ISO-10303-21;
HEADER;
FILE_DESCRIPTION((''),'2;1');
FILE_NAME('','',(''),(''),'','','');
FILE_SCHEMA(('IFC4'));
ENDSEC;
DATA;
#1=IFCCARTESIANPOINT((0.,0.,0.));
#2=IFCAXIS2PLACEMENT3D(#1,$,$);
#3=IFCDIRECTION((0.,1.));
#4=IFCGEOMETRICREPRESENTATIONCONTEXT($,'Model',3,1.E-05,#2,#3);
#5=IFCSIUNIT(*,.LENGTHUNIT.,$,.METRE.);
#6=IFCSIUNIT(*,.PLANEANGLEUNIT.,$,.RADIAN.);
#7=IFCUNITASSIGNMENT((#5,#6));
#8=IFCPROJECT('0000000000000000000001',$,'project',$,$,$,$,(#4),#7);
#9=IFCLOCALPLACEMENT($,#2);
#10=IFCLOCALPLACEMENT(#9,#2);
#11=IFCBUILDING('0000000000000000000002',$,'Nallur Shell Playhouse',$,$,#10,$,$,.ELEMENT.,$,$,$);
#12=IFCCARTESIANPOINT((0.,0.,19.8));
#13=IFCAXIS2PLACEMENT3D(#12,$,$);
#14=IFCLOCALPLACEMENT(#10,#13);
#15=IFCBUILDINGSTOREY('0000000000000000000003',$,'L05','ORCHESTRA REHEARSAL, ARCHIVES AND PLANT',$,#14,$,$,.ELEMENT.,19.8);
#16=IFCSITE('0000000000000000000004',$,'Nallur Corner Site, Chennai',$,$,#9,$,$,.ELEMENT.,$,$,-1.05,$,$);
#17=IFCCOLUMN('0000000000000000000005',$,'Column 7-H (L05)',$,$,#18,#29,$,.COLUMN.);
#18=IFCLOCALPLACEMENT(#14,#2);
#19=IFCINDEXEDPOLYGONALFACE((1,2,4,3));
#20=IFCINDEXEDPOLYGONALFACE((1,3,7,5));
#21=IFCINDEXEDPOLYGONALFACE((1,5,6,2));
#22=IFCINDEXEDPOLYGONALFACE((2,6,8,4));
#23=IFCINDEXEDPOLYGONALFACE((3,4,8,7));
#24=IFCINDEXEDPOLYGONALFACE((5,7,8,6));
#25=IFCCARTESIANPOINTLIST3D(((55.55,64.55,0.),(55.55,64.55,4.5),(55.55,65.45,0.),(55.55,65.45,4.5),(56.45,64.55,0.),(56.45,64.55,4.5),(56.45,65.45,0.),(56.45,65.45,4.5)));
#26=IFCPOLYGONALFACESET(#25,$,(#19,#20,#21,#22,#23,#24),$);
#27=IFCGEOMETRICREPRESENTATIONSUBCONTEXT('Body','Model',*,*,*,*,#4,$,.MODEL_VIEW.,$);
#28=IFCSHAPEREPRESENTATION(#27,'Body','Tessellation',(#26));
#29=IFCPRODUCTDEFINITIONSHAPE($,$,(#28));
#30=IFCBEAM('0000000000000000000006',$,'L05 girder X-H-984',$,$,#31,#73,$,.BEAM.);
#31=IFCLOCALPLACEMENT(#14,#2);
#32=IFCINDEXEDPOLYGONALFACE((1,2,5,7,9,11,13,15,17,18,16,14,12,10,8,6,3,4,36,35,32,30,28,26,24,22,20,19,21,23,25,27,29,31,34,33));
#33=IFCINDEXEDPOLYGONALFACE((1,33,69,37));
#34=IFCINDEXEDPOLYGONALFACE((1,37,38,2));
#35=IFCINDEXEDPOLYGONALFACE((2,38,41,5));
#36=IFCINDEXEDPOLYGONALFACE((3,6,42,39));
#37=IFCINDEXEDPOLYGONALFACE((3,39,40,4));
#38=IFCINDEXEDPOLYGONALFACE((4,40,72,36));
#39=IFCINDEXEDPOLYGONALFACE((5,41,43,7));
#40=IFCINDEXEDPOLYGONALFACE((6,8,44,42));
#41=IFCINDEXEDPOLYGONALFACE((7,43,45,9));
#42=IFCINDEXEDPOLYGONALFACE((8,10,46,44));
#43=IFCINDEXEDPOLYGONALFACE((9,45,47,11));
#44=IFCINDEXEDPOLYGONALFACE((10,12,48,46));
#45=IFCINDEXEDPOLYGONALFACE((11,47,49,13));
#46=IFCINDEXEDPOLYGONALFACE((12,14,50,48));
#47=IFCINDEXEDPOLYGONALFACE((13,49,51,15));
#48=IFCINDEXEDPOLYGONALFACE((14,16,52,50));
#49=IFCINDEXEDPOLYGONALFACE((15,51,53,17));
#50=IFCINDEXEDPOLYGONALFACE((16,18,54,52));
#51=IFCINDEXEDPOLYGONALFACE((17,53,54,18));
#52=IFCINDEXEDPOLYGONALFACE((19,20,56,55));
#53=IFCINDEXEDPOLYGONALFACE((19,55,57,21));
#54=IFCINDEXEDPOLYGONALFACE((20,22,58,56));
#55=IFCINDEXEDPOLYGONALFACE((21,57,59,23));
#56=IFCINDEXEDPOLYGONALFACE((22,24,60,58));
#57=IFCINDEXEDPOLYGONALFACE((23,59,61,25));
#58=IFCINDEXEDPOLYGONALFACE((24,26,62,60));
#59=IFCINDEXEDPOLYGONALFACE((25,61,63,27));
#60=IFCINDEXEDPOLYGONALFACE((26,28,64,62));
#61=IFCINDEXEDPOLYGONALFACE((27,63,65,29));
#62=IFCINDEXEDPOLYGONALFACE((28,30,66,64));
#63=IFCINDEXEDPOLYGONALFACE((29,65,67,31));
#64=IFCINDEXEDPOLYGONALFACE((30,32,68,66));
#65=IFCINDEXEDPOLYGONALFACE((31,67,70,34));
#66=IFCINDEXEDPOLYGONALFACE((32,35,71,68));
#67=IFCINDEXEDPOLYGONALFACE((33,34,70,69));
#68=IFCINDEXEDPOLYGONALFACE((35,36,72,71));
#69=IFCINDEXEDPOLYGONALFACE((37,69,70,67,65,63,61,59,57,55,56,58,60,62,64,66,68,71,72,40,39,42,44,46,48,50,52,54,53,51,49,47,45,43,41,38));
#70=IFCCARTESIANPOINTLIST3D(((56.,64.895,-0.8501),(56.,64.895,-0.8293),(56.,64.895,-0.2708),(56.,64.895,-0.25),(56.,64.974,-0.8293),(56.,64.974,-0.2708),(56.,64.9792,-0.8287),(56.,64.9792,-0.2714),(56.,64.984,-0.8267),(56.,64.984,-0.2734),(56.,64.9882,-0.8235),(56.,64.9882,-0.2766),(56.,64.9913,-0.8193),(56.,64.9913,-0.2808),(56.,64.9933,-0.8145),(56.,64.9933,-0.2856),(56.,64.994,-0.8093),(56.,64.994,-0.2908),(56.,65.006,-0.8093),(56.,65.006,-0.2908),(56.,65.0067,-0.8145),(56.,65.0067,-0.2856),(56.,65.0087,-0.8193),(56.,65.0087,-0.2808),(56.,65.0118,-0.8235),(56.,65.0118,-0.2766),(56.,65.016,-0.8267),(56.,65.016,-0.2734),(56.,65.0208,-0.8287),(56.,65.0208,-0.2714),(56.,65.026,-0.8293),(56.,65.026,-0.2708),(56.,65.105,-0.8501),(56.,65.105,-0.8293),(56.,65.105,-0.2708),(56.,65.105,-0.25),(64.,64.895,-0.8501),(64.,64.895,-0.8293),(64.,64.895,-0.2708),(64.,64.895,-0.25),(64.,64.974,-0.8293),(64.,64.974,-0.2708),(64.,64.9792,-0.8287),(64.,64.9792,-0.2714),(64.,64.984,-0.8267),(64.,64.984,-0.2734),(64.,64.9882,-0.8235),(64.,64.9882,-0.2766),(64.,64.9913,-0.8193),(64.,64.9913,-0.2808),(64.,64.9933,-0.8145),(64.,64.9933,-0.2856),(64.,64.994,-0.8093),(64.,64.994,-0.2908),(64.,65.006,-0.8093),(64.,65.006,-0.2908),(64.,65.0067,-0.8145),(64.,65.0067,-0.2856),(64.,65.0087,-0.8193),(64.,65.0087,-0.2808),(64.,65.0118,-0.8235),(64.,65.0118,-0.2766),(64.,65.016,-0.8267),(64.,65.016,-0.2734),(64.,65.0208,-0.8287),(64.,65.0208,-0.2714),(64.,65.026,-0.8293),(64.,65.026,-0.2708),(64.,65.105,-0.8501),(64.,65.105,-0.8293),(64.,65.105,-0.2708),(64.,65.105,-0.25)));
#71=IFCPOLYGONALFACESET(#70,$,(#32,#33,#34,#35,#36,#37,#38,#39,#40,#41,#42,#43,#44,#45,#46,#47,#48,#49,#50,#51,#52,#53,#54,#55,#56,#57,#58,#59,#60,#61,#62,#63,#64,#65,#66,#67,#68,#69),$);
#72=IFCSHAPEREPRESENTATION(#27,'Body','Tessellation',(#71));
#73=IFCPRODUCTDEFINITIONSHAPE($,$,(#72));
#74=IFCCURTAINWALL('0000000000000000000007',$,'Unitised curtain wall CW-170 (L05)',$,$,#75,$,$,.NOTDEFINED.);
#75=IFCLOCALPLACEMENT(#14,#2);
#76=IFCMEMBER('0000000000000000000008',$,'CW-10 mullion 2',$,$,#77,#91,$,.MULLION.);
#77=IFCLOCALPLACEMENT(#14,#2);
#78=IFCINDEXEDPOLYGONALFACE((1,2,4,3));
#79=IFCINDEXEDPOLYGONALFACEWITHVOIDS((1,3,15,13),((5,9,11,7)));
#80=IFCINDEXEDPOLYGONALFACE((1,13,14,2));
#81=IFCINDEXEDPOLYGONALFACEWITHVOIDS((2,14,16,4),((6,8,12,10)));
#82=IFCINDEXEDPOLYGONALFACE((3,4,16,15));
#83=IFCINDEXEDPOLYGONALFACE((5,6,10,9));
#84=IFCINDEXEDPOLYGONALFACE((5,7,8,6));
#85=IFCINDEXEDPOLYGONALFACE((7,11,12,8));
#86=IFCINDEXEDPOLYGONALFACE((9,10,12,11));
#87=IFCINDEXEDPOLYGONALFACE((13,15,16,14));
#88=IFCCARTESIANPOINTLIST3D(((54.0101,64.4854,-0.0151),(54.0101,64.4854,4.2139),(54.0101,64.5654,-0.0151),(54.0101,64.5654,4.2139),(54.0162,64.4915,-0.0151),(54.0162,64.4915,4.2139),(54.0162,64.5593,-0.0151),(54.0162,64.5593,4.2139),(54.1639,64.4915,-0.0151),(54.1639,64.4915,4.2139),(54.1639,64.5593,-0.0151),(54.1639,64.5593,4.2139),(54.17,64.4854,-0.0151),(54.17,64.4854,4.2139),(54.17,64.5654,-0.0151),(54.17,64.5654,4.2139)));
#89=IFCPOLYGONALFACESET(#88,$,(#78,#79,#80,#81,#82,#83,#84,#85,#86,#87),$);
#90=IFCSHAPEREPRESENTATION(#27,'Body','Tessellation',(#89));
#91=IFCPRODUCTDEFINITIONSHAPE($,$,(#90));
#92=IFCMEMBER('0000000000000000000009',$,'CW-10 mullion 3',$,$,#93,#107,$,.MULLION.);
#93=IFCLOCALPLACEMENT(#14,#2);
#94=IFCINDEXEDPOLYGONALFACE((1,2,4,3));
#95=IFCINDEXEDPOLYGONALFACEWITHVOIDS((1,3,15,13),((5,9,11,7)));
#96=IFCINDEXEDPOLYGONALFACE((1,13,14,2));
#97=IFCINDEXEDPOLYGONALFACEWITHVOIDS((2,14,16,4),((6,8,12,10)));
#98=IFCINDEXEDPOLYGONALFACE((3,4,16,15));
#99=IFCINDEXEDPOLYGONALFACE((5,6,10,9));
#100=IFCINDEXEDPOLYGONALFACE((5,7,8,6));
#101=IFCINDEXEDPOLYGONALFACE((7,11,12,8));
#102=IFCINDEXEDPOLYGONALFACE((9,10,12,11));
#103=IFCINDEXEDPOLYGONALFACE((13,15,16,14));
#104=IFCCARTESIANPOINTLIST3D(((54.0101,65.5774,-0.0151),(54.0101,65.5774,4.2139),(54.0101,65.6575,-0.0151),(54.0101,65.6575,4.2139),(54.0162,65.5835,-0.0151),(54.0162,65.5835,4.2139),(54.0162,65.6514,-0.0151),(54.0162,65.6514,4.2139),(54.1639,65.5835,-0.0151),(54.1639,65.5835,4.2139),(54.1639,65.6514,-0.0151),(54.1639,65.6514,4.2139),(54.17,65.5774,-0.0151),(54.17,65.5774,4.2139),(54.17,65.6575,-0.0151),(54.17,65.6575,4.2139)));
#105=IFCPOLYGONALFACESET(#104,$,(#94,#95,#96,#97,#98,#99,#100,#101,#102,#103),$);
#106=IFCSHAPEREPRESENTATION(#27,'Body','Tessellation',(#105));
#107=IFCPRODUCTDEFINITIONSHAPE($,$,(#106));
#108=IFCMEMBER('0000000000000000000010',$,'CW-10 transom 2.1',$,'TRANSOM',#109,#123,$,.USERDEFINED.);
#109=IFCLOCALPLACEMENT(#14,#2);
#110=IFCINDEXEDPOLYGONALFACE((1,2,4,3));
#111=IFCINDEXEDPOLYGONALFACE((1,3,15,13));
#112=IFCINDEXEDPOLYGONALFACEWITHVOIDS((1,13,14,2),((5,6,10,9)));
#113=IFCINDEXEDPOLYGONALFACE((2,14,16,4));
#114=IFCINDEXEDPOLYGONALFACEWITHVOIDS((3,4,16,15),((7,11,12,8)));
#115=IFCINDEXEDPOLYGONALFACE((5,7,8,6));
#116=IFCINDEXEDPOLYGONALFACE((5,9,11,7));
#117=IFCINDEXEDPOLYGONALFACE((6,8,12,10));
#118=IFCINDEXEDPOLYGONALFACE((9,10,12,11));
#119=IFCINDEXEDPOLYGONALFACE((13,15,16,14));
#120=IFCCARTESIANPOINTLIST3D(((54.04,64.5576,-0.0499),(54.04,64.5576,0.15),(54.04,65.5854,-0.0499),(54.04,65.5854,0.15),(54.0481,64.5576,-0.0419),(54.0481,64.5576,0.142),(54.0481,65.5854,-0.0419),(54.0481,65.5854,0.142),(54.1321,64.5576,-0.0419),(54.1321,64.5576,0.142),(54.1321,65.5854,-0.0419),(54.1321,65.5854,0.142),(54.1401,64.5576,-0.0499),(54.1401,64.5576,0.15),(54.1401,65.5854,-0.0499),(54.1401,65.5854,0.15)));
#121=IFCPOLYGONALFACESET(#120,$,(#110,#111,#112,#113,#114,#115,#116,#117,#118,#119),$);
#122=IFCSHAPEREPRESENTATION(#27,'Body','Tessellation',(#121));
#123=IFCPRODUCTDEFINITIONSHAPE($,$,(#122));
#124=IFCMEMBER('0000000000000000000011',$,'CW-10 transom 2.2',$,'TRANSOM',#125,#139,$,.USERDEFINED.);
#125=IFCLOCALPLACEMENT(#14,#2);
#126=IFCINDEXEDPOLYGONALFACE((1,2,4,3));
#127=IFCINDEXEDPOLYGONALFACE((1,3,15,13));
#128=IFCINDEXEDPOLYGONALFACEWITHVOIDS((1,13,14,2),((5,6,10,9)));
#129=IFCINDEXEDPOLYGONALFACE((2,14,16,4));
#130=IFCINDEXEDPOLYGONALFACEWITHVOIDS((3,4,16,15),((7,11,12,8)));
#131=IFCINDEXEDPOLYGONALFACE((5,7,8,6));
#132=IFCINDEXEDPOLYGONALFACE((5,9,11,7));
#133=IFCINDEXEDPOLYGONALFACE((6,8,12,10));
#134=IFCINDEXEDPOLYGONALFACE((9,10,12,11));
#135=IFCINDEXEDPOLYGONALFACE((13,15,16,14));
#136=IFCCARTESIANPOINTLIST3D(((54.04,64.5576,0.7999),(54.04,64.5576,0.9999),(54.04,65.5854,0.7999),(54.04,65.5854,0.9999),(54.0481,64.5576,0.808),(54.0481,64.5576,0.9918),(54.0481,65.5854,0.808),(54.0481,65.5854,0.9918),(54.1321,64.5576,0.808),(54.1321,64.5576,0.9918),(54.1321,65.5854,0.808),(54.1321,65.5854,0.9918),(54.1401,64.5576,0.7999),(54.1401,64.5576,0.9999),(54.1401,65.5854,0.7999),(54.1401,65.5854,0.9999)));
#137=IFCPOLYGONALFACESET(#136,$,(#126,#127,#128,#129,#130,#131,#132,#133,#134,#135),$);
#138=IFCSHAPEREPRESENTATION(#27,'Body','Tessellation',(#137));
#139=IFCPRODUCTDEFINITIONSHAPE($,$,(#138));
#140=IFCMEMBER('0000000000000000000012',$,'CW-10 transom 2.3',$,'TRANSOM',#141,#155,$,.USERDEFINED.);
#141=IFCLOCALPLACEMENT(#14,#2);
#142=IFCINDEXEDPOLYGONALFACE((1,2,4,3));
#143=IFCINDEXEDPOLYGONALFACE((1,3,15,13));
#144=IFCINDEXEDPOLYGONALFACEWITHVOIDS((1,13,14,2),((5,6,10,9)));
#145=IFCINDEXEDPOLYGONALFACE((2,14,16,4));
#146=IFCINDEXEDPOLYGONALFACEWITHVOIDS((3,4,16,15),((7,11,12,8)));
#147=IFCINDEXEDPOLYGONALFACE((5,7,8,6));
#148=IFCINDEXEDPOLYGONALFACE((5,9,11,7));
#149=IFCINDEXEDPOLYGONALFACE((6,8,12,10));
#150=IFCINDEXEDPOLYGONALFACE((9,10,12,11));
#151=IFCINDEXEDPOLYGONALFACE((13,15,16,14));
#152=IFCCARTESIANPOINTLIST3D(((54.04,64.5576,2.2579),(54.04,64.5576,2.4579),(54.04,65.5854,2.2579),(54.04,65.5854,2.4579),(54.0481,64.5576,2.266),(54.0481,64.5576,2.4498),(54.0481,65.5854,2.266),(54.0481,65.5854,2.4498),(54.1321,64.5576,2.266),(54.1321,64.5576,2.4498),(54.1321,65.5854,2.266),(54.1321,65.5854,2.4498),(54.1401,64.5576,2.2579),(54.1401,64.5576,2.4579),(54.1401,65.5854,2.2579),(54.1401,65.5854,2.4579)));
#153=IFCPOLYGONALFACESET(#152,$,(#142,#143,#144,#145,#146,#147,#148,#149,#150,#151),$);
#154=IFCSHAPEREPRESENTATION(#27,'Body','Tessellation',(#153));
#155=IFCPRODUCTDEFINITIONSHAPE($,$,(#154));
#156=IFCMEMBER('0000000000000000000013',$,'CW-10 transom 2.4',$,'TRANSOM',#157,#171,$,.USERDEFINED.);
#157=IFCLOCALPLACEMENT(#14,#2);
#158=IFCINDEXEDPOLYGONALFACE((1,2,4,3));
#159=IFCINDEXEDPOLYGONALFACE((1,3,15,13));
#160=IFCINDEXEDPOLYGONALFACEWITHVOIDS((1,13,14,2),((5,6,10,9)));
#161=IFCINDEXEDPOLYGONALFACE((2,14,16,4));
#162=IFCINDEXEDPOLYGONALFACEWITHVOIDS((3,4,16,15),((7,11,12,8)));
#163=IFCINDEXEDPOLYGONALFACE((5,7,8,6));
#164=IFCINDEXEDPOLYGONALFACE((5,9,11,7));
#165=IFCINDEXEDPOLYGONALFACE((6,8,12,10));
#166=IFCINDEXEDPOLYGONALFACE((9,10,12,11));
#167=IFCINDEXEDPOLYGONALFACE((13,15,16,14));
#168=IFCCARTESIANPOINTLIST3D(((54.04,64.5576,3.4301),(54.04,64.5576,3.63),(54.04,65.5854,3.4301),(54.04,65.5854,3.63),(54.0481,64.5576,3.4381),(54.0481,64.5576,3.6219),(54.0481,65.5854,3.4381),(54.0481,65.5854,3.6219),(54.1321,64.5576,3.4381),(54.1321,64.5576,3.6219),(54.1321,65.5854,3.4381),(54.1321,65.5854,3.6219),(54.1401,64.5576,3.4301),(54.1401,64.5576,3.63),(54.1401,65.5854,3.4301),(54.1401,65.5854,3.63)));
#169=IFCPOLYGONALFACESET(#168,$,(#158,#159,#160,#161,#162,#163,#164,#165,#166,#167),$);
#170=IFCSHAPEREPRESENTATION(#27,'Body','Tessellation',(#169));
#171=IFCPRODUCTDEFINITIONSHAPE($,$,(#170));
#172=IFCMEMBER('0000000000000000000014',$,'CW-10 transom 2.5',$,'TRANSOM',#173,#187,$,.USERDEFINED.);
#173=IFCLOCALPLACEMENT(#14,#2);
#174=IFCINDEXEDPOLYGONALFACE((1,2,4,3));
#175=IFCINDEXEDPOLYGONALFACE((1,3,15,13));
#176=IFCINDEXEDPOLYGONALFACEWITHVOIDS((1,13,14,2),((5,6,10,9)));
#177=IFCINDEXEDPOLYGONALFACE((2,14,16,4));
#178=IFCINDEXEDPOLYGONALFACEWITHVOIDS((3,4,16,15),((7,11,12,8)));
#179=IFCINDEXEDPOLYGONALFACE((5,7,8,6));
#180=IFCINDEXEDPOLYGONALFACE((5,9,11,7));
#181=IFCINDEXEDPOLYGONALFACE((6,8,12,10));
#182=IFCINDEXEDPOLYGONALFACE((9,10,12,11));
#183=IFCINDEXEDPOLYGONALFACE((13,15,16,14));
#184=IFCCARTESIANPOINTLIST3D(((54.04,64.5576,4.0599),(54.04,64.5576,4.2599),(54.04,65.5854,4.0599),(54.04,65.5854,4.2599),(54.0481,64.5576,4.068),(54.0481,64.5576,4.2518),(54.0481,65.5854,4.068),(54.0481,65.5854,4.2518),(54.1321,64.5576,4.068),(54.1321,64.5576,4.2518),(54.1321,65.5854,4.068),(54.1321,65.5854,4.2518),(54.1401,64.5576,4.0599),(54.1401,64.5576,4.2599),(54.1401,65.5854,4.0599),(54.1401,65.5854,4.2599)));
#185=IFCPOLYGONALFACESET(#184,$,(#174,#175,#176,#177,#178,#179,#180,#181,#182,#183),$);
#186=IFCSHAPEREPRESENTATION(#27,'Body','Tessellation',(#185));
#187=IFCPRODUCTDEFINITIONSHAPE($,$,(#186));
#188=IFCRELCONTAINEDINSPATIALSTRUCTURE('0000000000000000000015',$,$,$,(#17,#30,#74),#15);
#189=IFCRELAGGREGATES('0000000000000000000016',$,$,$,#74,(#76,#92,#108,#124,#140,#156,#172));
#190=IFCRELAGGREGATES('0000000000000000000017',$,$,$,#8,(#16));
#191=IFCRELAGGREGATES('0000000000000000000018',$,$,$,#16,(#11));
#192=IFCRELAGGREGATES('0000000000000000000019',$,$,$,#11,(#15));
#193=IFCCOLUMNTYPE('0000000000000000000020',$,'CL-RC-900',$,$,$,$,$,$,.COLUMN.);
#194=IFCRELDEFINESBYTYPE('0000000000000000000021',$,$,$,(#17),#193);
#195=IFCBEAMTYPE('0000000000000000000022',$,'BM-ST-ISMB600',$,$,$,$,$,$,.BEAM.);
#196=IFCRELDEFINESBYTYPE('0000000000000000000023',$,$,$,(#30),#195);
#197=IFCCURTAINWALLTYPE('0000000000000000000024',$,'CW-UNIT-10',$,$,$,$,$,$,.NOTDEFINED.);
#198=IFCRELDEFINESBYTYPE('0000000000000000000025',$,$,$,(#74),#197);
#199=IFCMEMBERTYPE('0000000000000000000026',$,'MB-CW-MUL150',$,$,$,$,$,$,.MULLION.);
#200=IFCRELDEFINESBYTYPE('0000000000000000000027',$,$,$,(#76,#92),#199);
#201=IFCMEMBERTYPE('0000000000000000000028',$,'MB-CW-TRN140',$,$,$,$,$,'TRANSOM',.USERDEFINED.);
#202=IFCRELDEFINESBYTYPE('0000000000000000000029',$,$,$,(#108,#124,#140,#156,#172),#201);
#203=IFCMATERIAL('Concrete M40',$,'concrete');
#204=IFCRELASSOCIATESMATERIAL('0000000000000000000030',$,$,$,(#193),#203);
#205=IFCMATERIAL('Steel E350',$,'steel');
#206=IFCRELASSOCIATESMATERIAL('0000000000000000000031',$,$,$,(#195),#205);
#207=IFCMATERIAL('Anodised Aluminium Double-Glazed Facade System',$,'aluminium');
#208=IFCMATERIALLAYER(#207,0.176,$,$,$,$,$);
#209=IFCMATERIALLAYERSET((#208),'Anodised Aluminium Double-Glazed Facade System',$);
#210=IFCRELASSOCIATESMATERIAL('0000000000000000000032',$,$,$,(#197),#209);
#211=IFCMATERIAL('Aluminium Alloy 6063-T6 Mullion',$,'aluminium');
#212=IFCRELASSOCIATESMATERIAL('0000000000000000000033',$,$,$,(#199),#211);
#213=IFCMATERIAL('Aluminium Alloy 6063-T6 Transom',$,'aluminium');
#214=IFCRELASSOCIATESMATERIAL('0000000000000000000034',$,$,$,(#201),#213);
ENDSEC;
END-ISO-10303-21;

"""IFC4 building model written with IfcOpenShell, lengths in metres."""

from ifc_helpers import new_model, si_unit, direction, frame, origin, origin_2d, place, context, subcontext, project, spatial, rectangle, hollow_rectangle, i_section, extrude, material, layer, layer_set, material_profile, profile_set, type_object, element, aggregate, save


model = new_model("IFC4")

# Units and contexts
model_context = context("Model", 3, precision=1e-05, world=origin(), true_north=direction((0.0, 1.0)))
body_context = subcontext(model_context, "Body", "Model", "MODEL_VIEW")
ifc_project = project(units=[si_unit("LENGTHUNIT", "METRE"), si_unit("PLANEANGLEUNIT", "RADIAN")], contexts=[model_context])

# Site, building, storey
site_placement = place(None, origin())
site = spatial("IfcSite", under=ifc_project, at=site_placement, Name="Nallur Corner Site, Chennai", CompositionType="ELEMENT", RefElevation=-1.05)
building_placement = place(site_placement, origin())
building = spatial("IfcBuilding", under=site, at=building_placement, Name="Nallur Shell Playhouse", CompositionType="ELEMENT")
storey_placement = place(building_placement, frame((0.0, 0.0, 19.8)))
storey = spatial("IfcBuildingStorey", under=building, at=storey_placement, Name="L05", Description="ORCHESTRA REHEARSAL, ARCHIVES AND PLANT", CompositionType="ELEMENT", Elevation=19.8)

# Column
ifc_material_1 = material(Name="Concrete M40", Category="concrete")
ifc_material_profile_1 = material_profile(ifc_material_1, rectangle(XDim=0.8999, YDim=0.8999, at=origin_2d()), Name="RC 900x900")
ifc_profile_set_1 = profile_set([ifc_material_profile_1], Name="Concrete M40")
column_type = type_object("IfcColumnType", Name="CL-RC-900", PredefinedType="COLUMN", material=ifc_profile_set_1)
column_placement = place(storey_placement, frame((56.0, 65.0, 0.0), z_axis=(0.0, 0.0, 1.0), x_axis=(1.0, 0.0, 0.0)))
element("IfcColumn", 1, at=column_placement, inside=storey, type_object=column_type, Name="Column 7-H (L05)", PredefinedType="COLUMN", context=body_context, shape_type="SweptSolid", body=[
    extrude(rectangle(XDim=0.8999, YDim=0.8999, at=origin_2d()), origin(), (0.0, 0.0, 1.0), 4.5),
])

# Beam
ifc_material_2 = material(Name="Steel E350", Category="steel")
ifc_material_profile_2 = material_profile(ifc_material_2, i_section(OverallWidth=0.21, OverallDepth=0.6001, WebThickness=0.012, FlangeThickness=0.0208, FilletRadius=0.02, at=origin_2d()), Name="ISMB 600")
ifc_profile_set_2 = profile_set([ifc_material_profile_2], Name="Steel E350")
beam_type = type_object("IfcBeamType", Name="BM-ST-ISMB600", PredefinedType="BEAM", material=ifc_profile_set_2)
beam_placement = place(storey_placement, frame((56.0, 65.0, -0.55), z_axis=(1.0, 0.0, 0.0), x_axis=(0.0, 1.0, 0.0)))
element("IfcBeam", 2, at=beam_placement, inside=storey, type_object=beam_type, Name="L05 girder X-H-984", PredefinedType="BEAM", context=body_context, shape_type="SweptSolid", body=[
    extrude(i_section(OverallWidth=0.21, OverallDepth=0.6001, WebThickness=0.012, FlangeThickness=0.0208, FilletRadius=0.02, at=origin_2d()), origin(), (0.0, 0.0, 1.0), 8.0),
])

# Curtain wall, members
ifc_material_3 = material(Name="Anodised Aluminium Double-Glazed Facade System", Category="aluminium")
ifc_layer_1 = layer(ifc_material_3, 0.176)
ifc_layer_set_1 = layer_set([ifc_layer_1], Name="Anodised Aluminium Double-Glazed Facade System")
curtain_wall_type = type_object("IfcCurtainWallType", Name="CW-UNIT-10", PredefinedType="NOTDEFINED", material=ifc_layer_set_1)
curtain_wall_placement = place(storey_placement, origin())
curtain_wall = element("IfcCurtainWall", 3, at=curtain_wall_placement, inside=storey, type_object=curtain_wall_type, Name="Unitised curtain wall CW-170 (L05)", PredefinedType="NOTDEFINED")
ifc_material_4 = material(Name="Aluminium Alloy 6063-T6 Mullion", Category="aluminium")
ifc_material_profile_3 = material_profile(ifc_material_4, hollow_rectangle(XDim=0.0801, YDim=0.1599, WallThickness=0.0061, at=origin_2d()), Name="RHS 160x80x6")
ifc_profile_set_3 = profile_set([ifc_material_profile_3], Name="Aluminium Alloy 6063-T6 Mullion")
member_type_1 = type_object("IfcMemberType", Name="MB-CW-MUL150", PredefinedType="MULLION", material=ifc_profile_set_3)
member_1_placement = place(storey_placement, frame((54.0901, 64.5254, -0.0151), z_axis=(0.0, 0.0, 1.0), x_axis=(0.0, 1.0, 0.0)))
member_1 = element("IfcMember", 4, at=member_1_placement, type_object=member_type_1, Name="CW-10 mullion 2", PredefinedType="MULLION", context=body_context, shape_type="SweptSolid", body=[
    extrude(hollow_rectangle(XDim=0.0801, YDim=0.1599, WallThickness=0.0061, at=origin_2d()), origin(), (0.0, 0.0, 1.0), 4.229),
])
member_2_placement = place(storey_placement, frame((54.0901, 65.6174, -0.0151), z_axis=(0.0, 0.0, 1.0), x_axis=(0.0, 1.0, 0.0)))
member_2 = element("IfcMember", 5, at=member_2_placement, type_object=member_type_1, Name="CW-10 mullion 3", PredefinedType="MULLION", context=body_context, shape_type="SweptSolid", body=[
    extrude(hollow_rectangle(XDim=0.0801, YDim=0.1599, WallThickness=0.0061, at=origin_2d()), origin(), (0.0, 0.0, 1.0), 4.229),
])
ifc_material_5 = material(Name="Aluminium Alloy 6063-T6 Transom", Category="aluminium")
ifc_material_profile_4 = material_profile(ifc_material_5, hollow_rectangle(XDim=0.1001, YDim=0.2, WallThickness=0.0081, at=origin_2d()), Name="RHS 200x100x8")
ifc_profile_set_4 = profile_set([ifc_material_profile_4], Name="Aluminium Alloy 6063-T6 Transom")
member_type_2 = type_object("IfcMemberType", Name="MB-CW-TRN140", ElementType="TRANSOM", PredefinedType="USERDEFINED", material=ifc_profile_set_4)
member_3_placement = place(storey_placement, frame((54.0901, 64.5576, 0.05), z_axis=(0.0, 1.0, 0.0), x_axis=(-1.0, 0.0, 0.0)))
member_3 = element("IfcMember", 6, at=member_3_placement, type_object=member_type_2, Name="CW-10 transom 2.1", ObjectType="TRANSOM", PredefinedType="USERDEFINED", context=body_context, shape_type="SweptSolid", body=[
    extrude(hollow_rectangle(XDim=0.1001, YDim=0.2, WallThickness=0.0081, at=origin_2d()), origin(), (0.0, 0.0, 1.0), 1.0278),
])
member_4_placement = place(storey_placement, frame((54.0901, 64.5576, 0.8999), z_axis=(0.0, 1.0, 0.0), x_axis=(-1.0, 0.0, 0.0)))
member_4 = element("IfcMember", 7, at=member_4_placement, type_object=member_type_2, Name="CW-10 transom 2.2", ObjectType="TRANSOM", PredefinedType="USERDEFINED", context=body_context, shape_type="SweptSolid", body=[
    extrude(hollow_rectangle(XDim=0.1001, YDim=0.2, WallThickness=0.0081, at=origin_2d()), origin(), (0.0, 0.0, 1.0), 1.0278),
])
member_5_placement = place(storey_placement, frame((54.0901, 64.5576, 2.3579), z_axis=(0.0, 1.0, 0.0), x_axis=(-1.0, 0.0, 0.0)))
member_5 = element("IfcMember", 8, at=member_5_placement, type_object=member_type_2, Name="CW-10 transom 2.3", ObjectType="TRANSOM", PredefinedType="USERDEFINED", context=body_context, shape_type="SweptSolid", body=[
    extrude(hollow_rectangle(XDim=0.1001, YDim=0.2, WallThickness=0.0081, at=origin_2d()), origin(), (0.0, 0.0, 1.0), 1.0278),
])
member_6_placement = place(storey_placement, frame((54.0901, 64.5576, 3.53), z_axis=(0.0, 1.0, 0.0), x_axis=(-1.0, 0.0, 0.0)))
member_6 = element("IfcMember", 9, at=member_6_placement, type_object=member_type_2, Name="CW-10 transom 2.4", ObjectType="TRANSOM", PredefinedType="USERDEFINED", context=body_context, shape_type="SweptSolid", body=[
    extrude(hollow_rectangle(XDim=0.1001, YDim=0.2, WallThickness=0.0081, at=origin_2d()), origin(), (0.0, 0.0, 1.0), 1.0278),
])
member_7_placement = place(storey_placement, frame((54.0901, 64.5576, 4.1599), z_axis=(0.0, 1.0, 0.0), x_axis=(-1.0, 0.0, 0.0)))
member_7 = element("IfcMember", 10, at=member_7_placement, type_object=member_type_2, Name="CW-10 transom 2.5", ObjectType="TRANSOM", PredefinedType="USERDEFINED", context=body_context, shape_type="SweptSolid", body=[
    extrude(hollow_rectangle(XDim=0.1001, YDim=0.2, WallThickness=0.0081, at=origin_2d()), origin(), (0.0, 0.0, 1.0), 1.0278),
])
aggregate(curtain_wall, [member_1, member_2, member_3, member_4, member_5, member_6, member_7])

save(model, "model.ifc")
